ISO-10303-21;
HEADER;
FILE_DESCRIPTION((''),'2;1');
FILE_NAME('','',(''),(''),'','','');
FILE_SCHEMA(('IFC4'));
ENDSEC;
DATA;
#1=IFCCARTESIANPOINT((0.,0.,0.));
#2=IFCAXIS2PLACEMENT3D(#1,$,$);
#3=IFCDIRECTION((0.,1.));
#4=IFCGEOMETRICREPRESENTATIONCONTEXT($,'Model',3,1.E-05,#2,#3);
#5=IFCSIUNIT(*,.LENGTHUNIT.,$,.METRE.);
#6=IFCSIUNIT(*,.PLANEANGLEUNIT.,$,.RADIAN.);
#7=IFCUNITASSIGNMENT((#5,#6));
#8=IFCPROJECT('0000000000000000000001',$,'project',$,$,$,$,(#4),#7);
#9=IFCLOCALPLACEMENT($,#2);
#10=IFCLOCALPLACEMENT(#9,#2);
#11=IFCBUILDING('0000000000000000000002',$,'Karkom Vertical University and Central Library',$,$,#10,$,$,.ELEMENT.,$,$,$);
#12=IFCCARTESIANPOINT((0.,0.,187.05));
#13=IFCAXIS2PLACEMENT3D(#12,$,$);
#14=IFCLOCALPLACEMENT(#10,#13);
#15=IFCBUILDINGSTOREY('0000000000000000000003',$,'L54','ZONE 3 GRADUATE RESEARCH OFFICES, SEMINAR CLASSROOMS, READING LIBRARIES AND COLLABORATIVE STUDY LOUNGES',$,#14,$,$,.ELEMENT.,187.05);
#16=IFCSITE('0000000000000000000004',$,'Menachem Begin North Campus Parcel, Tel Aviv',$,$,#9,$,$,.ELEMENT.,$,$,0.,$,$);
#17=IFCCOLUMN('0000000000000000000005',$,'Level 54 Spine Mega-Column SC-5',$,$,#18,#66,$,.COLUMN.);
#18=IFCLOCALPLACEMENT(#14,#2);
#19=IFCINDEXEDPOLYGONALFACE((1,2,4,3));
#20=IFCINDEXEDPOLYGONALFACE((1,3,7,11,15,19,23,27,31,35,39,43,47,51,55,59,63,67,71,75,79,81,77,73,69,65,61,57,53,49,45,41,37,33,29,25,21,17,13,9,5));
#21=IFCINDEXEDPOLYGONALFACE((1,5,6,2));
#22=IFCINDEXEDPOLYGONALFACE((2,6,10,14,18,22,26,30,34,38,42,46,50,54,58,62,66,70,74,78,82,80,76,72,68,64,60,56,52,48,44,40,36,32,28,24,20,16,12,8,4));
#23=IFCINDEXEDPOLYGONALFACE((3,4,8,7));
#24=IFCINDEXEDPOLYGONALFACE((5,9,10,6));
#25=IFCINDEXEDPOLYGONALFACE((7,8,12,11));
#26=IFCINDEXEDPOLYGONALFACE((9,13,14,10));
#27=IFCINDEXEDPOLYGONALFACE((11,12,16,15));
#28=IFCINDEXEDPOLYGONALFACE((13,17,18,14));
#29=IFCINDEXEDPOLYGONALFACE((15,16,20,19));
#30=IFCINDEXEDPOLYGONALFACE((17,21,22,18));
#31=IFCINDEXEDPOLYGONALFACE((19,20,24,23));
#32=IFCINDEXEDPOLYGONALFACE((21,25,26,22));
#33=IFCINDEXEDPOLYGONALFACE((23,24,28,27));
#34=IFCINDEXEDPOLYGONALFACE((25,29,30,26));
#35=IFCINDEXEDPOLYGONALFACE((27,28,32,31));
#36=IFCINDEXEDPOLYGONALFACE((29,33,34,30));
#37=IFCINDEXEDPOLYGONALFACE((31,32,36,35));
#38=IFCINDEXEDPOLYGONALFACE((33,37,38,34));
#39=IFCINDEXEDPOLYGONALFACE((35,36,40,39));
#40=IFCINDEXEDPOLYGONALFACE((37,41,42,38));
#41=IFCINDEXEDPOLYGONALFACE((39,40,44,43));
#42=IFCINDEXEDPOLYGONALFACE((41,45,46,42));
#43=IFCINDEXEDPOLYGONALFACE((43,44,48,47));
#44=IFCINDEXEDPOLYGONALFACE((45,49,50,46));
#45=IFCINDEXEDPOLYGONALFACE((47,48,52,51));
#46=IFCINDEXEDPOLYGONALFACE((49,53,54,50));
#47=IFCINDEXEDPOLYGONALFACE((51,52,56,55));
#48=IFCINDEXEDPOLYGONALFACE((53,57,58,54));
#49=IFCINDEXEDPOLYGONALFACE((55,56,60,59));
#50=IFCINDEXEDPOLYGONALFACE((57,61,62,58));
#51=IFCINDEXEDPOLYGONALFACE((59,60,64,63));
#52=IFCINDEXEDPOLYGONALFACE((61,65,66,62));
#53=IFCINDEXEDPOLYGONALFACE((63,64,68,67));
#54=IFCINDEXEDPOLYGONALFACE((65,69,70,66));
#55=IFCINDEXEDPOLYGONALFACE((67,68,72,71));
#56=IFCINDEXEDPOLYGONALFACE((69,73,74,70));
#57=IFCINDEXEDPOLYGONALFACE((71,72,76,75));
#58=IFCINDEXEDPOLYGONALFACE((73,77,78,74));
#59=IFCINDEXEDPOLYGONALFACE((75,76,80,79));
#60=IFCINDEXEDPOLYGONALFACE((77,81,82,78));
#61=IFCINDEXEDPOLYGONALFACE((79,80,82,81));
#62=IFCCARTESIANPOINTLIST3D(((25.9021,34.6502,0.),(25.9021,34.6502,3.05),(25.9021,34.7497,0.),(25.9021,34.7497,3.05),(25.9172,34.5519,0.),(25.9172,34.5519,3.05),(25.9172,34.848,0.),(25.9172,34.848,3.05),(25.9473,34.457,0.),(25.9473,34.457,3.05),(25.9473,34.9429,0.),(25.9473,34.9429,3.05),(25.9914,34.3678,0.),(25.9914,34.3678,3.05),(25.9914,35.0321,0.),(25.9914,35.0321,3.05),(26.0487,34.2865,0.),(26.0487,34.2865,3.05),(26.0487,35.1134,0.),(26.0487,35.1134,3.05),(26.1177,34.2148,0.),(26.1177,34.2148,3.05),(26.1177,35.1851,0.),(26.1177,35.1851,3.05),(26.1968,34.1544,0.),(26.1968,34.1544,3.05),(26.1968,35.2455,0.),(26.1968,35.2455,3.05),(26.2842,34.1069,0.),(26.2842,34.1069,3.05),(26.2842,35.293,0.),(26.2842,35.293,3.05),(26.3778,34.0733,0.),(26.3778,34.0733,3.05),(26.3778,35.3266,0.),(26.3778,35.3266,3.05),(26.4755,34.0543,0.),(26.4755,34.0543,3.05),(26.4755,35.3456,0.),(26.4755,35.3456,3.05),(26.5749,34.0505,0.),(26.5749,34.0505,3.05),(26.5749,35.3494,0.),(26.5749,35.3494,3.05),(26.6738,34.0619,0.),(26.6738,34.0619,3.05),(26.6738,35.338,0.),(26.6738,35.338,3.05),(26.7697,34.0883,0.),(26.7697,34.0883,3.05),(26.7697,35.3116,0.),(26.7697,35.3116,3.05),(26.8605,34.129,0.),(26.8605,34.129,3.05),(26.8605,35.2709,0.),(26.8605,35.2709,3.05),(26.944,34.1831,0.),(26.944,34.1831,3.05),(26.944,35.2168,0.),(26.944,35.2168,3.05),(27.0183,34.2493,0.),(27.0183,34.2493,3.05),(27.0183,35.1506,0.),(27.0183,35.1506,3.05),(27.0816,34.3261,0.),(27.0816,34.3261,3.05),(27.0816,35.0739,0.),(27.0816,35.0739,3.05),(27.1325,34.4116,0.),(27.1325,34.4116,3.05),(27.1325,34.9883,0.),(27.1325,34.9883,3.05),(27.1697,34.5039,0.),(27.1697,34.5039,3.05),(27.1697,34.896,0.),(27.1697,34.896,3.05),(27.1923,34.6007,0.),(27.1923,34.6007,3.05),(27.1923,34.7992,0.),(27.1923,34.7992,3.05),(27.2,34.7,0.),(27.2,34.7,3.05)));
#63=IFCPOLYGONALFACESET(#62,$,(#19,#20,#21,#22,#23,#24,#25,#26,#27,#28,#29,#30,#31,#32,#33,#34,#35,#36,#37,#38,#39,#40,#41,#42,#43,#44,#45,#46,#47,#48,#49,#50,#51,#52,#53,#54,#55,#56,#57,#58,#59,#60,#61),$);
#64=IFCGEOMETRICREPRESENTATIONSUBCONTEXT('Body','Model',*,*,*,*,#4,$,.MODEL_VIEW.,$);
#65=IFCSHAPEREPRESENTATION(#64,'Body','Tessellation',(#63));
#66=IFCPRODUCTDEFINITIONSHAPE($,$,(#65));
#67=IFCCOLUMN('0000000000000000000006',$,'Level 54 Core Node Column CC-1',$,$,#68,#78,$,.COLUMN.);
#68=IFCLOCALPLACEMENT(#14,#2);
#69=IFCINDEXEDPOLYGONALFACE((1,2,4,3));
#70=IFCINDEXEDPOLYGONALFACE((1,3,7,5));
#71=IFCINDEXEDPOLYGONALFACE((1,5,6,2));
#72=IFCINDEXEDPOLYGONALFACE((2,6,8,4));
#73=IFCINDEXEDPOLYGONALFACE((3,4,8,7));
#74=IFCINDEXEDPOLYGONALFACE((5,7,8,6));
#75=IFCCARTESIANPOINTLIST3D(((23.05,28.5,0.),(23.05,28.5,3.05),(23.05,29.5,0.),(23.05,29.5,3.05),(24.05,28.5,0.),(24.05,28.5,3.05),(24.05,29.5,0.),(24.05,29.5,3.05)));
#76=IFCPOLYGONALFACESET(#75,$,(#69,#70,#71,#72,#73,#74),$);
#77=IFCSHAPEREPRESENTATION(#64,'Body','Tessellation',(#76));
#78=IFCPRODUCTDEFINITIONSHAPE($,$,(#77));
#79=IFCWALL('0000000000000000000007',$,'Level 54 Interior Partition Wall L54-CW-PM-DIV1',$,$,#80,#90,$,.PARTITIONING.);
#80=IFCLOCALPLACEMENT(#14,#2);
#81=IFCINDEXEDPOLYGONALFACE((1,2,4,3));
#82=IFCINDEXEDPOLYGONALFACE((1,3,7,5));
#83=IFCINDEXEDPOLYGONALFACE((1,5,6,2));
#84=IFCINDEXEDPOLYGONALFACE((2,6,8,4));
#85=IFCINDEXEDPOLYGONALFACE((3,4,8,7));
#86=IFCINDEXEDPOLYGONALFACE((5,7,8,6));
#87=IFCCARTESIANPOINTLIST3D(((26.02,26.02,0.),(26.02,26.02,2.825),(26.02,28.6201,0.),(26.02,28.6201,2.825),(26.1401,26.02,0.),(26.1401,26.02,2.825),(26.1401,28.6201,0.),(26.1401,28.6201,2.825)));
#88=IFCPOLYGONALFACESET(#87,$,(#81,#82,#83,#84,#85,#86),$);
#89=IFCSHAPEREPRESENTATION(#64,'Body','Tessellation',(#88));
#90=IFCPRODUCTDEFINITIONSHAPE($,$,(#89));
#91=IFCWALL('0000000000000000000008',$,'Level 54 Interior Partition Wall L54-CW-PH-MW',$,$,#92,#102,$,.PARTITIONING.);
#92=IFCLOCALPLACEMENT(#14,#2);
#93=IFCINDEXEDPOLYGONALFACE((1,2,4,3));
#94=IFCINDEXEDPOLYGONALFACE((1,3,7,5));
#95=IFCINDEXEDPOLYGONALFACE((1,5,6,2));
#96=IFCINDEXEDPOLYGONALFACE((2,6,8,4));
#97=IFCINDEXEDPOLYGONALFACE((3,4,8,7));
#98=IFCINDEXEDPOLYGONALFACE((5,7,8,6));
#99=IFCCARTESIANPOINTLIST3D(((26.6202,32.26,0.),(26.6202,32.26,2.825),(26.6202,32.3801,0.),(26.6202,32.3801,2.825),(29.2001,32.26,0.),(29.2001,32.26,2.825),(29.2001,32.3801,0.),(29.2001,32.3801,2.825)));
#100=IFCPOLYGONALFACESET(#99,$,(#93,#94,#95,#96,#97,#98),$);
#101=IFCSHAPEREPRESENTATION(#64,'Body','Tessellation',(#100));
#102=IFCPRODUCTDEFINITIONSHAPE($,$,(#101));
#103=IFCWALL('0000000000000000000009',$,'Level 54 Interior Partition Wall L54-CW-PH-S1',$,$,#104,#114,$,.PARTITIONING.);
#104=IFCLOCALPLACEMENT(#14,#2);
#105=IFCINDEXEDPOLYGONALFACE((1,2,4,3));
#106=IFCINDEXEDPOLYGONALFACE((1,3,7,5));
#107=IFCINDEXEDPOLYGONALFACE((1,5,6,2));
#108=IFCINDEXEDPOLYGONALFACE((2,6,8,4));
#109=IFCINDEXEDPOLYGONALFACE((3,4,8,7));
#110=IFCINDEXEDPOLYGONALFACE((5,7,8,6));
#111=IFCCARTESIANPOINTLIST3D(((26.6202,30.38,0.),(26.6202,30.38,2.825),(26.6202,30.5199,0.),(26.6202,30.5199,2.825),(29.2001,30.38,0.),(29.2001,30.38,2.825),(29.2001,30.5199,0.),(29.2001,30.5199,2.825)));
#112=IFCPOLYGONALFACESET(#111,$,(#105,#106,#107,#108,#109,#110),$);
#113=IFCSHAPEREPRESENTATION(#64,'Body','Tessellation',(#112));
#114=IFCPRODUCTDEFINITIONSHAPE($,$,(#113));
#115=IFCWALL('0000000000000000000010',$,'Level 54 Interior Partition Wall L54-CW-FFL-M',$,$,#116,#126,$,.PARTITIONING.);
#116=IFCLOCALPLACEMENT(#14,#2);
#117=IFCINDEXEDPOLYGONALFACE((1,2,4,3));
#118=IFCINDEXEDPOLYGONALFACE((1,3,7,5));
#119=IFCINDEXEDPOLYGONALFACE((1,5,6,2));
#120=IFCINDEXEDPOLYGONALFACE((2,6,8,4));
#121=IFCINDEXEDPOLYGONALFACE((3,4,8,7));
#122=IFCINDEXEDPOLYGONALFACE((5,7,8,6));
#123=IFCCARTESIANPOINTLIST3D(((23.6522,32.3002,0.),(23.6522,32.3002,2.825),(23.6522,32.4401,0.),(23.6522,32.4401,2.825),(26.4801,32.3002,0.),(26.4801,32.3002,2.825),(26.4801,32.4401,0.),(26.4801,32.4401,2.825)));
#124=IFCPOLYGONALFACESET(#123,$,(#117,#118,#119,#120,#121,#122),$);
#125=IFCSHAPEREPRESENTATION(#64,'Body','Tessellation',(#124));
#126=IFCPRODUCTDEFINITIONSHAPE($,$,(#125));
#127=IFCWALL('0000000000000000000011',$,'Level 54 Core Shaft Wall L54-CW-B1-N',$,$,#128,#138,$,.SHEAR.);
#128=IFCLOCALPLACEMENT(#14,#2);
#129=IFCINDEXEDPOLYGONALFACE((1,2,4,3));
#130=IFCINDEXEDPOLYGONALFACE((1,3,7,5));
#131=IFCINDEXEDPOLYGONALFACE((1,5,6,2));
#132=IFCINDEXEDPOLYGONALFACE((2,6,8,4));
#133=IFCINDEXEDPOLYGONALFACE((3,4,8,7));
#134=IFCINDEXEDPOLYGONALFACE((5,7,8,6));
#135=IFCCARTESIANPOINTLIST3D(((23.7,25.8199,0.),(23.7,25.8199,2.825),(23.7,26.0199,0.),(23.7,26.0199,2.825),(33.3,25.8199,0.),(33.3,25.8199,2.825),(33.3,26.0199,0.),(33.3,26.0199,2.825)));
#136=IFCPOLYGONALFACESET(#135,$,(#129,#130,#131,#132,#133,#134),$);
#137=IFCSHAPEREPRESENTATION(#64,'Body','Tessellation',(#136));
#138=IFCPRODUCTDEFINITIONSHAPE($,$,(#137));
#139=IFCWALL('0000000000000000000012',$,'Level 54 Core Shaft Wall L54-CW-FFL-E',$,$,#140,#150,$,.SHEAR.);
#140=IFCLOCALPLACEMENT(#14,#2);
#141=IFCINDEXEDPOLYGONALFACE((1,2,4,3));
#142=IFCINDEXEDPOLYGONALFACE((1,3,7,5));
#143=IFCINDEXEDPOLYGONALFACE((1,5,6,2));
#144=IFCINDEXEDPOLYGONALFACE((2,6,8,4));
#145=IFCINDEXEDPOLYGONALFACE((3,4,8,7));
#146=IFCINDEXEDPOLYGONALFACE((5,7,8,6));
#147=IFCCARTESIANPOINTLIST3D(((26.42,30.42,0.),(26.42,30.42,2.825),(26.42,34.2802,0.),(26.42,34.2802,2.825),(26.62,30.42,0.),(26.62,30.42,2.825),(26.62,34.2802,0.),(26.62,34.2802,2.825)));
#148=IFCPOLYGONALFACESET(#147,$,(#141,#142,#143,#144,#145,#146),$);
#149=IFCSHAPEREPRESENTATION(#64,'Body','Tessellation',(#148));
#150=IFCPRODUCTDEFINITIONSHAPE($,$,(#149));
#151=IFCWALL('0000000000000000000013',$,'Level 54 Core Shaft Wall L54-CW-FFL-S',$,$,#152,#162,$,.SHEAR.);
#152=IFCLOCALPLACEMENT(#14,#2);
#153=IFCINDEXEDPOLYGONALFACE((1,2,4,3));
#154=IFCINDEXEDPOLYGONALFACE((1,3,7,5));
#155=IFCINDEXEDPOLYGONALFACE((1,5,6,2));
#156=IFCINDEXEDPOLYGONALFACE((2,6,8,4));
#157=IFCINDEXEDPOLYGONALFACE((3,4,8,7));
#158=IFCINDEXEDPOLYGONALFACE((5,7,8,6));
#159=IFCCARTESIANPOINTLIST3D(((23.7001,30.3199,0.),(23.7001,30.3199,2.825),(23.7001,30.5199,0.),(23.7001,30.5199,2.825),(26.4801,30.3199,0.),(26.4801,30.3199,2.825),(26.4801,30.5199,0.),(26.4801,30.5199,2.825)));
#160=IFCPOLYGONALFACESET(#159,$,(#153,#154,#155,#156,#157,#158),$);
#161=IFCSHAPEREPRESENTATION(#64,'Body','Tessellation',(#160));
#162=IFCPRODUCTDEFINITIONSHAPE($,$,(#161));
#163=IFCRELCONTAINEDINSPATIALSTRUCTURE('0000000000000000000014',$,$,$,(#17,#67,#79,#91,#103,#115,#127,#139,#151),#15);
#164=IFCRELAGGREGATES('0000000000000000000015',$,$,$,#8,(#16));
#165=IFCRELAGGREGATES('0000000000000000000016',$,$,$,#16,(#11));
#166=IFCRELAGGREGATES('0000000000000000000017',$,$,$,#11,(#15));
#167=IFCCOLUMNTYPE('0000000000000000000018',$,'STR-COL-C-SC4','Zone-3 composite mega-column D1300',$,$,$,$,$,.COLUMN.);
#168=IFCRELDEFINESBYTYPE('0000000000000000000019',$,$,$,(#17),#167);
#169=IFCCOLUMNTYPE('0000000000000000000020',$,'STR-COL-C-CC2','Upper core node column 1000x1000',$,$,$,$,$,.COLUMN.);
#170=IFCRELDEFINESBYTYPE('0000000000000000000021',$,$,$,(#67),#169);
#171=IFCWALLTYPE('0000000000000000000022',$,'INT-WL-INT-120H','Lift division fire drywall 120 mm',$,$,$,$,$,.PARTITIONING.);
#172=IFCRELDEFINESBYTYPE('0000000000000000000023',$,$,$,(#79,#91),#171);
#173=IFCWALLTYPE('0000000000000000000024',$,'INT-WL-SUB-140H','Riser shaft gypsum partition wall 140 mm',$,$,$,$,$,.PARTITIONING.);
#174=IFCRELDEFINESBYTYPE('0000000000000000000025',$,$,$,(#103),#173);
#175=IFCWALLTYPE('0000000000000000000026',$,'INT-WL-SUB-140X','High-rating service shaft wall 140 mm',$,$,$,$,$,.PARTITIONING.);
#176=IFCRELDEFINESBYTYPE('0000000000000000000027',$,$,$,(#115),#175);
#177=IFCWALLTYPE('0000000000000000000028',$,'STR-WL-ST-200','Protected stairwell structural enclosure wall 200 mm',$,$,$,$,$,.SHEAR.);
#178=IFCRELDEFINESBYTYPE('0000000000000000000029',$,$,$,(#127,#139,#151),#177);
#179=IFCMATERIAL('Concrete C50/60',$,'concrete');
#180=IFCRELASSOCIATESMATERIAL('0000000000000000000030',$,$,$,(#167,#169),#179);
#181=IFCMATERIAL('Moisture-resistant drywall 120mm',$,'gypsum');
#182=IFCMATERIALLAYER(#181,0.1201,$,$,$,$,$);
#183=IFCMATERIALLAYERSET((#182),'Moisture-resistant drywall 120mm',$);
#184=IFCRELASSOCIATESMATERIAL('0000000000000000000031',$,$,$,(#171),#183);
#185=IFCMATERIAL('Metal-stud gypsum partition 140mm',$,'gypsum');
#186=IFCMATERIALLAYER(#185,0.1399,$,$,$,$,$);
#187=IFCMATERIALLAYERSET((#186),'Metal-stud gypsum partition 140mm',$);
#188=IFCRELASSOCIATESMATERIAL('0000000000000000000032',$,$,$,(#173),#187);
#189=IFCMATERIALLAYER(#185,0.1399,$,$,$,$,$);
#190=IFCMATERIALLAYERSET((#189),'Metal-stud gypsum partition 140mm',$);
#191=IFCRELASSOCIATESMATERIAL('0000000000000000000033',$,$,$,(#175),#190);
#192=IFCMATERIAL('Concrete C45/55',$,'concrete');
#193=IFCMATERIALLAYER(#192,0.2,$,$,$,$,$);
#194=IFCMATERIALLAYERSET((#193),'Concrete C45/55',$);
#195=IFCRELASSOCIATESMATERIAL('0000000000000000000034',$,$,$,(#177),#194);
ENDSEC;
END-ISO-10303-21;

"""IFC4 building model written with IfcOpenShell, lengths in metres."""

from ifc_helpers import new_model, si_unit, direction, frame, frame_2d, origin, origin_with_axes, origin_2d, place, context, subcontext, project, spatial, rectangle, circle, extrude, source, transform, mapped, material, layer, layer_set, material_profile, profile_set, type_object, element, save


model = new_model("IFC4")

# Units and contexts
model_context = context("Model", 3, precision=1e-05, world=origin(), true_north=direction((0.0, 1.0)))
body_context = subcontext(model_context, "Body", "Model", "MODEL_VIEW")
ifc_project = project(units=[si_unit("LENGTHUNIT", "METRE"), si_unit("PLANEANGLEUNIT", "RADIAN")], contexts=[model_context])

# Site, building, storey
site_placement = place(None, origin())
site = spatial("IfcSite", under=ifc_project, at=site_placement, Name="Menachem Begin North Campus Parcel, Tel Aviv", CompositionType="ELEMENT", RefElevation=0.0)
building_placement = place(site_placement, origin())
building = spatial("IfcBuilding", under=site, at=building_placement, Name="Karkom Vertical University and Central Library", CompositionType="ELEMENT")
storey_placement = place(building_placement, frame((0.0, 0.0, 187.05)))
storey = spatial("IfcBuildingStorey", under=building, at=storey_placement, Name="L54", Description="ZONE 3 GRADUATE RESEARCH OFFICES, SEMINAR CLASSROOMS, READING LIBRARIES AND COLLABORATIVE STUDY LOUNGES", CompositionType="ELEMENT", Elevation=187.05)

# Columns
ifc_material_1 = material(Name="Concrete C50/60", Category="concrete")
ifc_material_profile_1 = material_profile(ifc_material_1, circle(Radius=0.6499, at=origin_2d()), Name="CFT-D1300")
ifc_profile_set_1 = profile_set([ifc_material_profile_1], Name="Concrete C50/60")
column_type_1 = type_object("IfcColumnType", Name="STR-COL-C-SC4", Description="Zone-3 composite mega-column D1300", PredefinedType="COLUMN", material=ifc_profile_set_1)
shared_shape_1 = source(origin_with_axes(), body_context, "Body", "SweptSolid", [
    extrude(circle(Radius=0.6499, at=origin_2d()), origin(), (0.0, 0.0, 1.0), 3.05),
])
column_1_placement = place(storey_placement, frame((26.55, 34.7, 0.0), z_axis=(0.0, 0.0, 1.0), x_axis=(1.0, 0.0, 0.0)))
element("IfcColumn", 1, at=column_1_placement, inside=storey, type_object=column_type_1, Name="Level 54 Spine Mega-Column SC-5", PredefinedType="COLUMN", context=body_context, shape_type="MappedRepresentation", body=[
    mapped(shared_shape_1, transform((0.0, 0.0, 0.0), scale=1.0)),
])
ifc_material_profile_2 = material_profile(ifc_material_1, rectangle(XDim=1.0, YDim=1.0, at=origin_2d()), Name="RC-1000x1000")
ifc_profile_set_2 = profile_set([ifc_material_profile_2], Name="Concrete C50/60")
column_type_2 = type_object("IfcColumnType", Name="STR-COL-C-CC2", Description="Upper core node column 1000x1000", PredefinedType="COLUMN", material=ifc_profile_set_2)
shared_shape_2 = source(origin_with_axes(), body_context, "Body", "SweptSolid", [
    extrude(rectangle(XDim=1.0, YDim=1.0, at=origin_2d()), origin(), (0.0, 0.0, 1.0), 3.05),
])
column_2_placement = place(storey_placement, frame((23.55, 29.0, 0.0), z_axis=(0.0, 0.0, 1.0), x_axis=(1.0, 0.0, 0.0)))
element("IfcColumn", 2, at=column_2_placement, inside=storey, type_object=column_type_2, Name="Level 54 Core Node Column CC-1", PredefinedType="COLUMN", context=body_context, shape_type="MappedRepresentation", body=[
    mapped(shared_shape_2, transform((0.0, 0.0, 0.0), scale=1.0)),
])

# Walls
ifc_material_2 = material(Name="Moisture-resistant drywall 120mm", Category="gypsum")
ifc_layer_1 = layer(ifc_material_2, 0.1201)
ifc_layer_set_1 = layer_set([ifc_layer_1], Name="Moisture-resistant drywall 120mm")
wall_type_1 = type_object("IfcWallType", Name="INT-WL-INT-120H", Description="Lift division fire drywall 120 mm", PredefinedType="PARTITIONING", material=ifc_layer_set_1)
wall_1_placement = place(storey_placement, frame((26.0801, 26.02, 0.0), z_axis=(0.0, 0.0, 1.0), x_axis=(0.0, 1.0, 0.0)))
element("IfcWall", 3, at=wall_1_placement, inside=storey, type_object=wall_type_1, Name="Level 54 Interior Partition Wall L54-CW-PM-DIV1", PredefinedType="PARTITIONING", context=body_context, shape_type="SweptSolid", body=[
    extrude(rectangle(XDim=2.6001, YDim=0.1201, at=frame_2d((1.3, 0.0))), origin(), (0.0, 0.0, 1.0), 2.825),
])
wall_2_placement = place(storey_placement, frame((26.6201, 32.3201, 0.0), z_axis=(0.0, 0.0, 1.0), x_axis=(1.0, 0.0, 0.0)))
element("IfcWall", 4, at=wall_2_placement, inside=storey, type_object=wall_type_1, Name="Level 54 Interior Partition Wall L54-CW-PH-MW", PredefinedType="PARTITIONING", context=body_context, shape_type="SweptSolid", body=[
    extrude(rectangle(XDim=2.5798, YDim=0.1201, at=frame_2d((1.29, 0.0))), origin(), (0.0, 0.0, 1.0), 2.825),
])
ifc_material_3 = material(Name="Metal-stud gypsum partition 140mm", Category="gypsum")
ifc_layer_2 = layer(ifc_material_3, 0.1399)
ifc_layer_set_2 = layer_set([ifc_layer_2], Name="Metal-stud gypsum partition 140mm")
wall_type_2 = type_object("IfcWallType", Name="INT-WL-SUB-140H", Description="Riser shaft gypsum partition wall 140 mm", PredefinedType="PARTITIONING", material=ifc_layer_set_2)
wall_3_placement = place(storey_placement, frame((26.6201, 30.45, 0.0), z_axis=(0.0, 0.0, 1.0), x_axis=(1.0, 0.0, 0.0)))
element("IfcWall", 5, at=wall_3_placement, inside=storey, type_object=wall_type_2, Name="Level 54 Interior Partition Wall L54-CW-PH-S1", PredefinedType="PARTITIONING", context=body_context, shape_type="SweptSolid", body=[
    extrude(rectangle(XDim=2.5798, YDim=0.1399, at=frame_2d((1.29, 0.0))), origin(), (0.0, 0.0, 1.0), 2.825),
])
ifc_layer_3 = layer(ifc_material_3, 0.1399)
ifc_layer_set_3 = layer_set([ifc_layer_3], Name="Metal-stud gypsum partition 140mm")
wall_type_3 = type_object("IfcWallType", Name="INT-WL-SUB-140X", Description="High-rating service shaft wall 140 mm", PredefinedType="PARTITIONING", material=ifc_layer_set_3)
wall_4_placement = place(storey_placement, frame((23.6521, 32.3701, 0.0), z_axis=(0.0, 0.0, 1.0), x_axis=(1.0, 0.0, 0.0)))
element("IfcWall", 6, at=wall_4_placement, inside=storey, type_object=wall_type_3, Name="Level 54 Interior Partition Wall L54-CW-FFL-M", PredefinedType="PARTITIONING", context=body_context, shape_type="SweptSolid", body=[
    extrude(rectangle(XDim=2.8279, YDim=0.1399, at=frame_2d((1.4141, 0.0))), origin(), (0.0, 0.0, 1.0), 2.825),
])

# Wall
ifc_material_4 = material(Name="Concrete C45/55", Category="concrete")
ifc_layer_4 = layer(ifc_material_4, 0.2)
ifc_layer_set_4 = layer_set([ifc_layer_4], Name="Concrete C45/55")
wall_type_4 = type_object("IfcWallType", Name="STR-WL-ST-200", Description="Protected stairwell structural enclosure wall 200 mm", PredefinedType="SHEAR", material=ifc_layer_set_4)
wall_5_placement = place(storey_placement, frame((23.7, 25.9199, 0.0), z_axis=(0.0, 0.0, 1.0), x_axis=(1.0, 0.0, 0.0)))
element("IfcWall", 7, at=wall_5_placement, inside=storey, type_object=wall_type_4, Name="Level 54 Core Shaft Wall L54-CW-B1-N", PredefinedType="SHEAR", context=body_context, shape_type="SweptSolid", body=[
    extrude(rectangle(XDim=9.6001, YDim=0.2, at=frame_2d((4.8, 0.0))), origin(), (0.0, 0.0, 1.0), 2.825),
])

# Walls
wall_6_placement = place(storey_placement, frame((26.52, 30.4199, 0.0), z_axis=(0.0, 0.0, 1.0), x_axis=(0.0, 1.0, 0.0)))
element("IfcWall", 8, at=wall_6_placement, inside=storey, type_object=wall_type_4, Name="Level 54 Core Shaft Wall L54-CW-FFL-E", PredefinedType="SHEAR", context=body_context, shape_type="SweptSolid", body=[
    extrude(rectangle(XDim=3.8601, YDim=0.2, at=frame_2d((1.9302, 0.0))), origin(), (0.0, 0.0, 1.0), 2.825),
])
wall_7_placement = place(storey_placement, frame((23.7, 30.4199, 0.0), z_axis=(0.0, 0.0, 1.0), x_axis=(1.0, 0.0, 0.0)))
element("IfcWall", 9, at=wall_7_placement, inside=storey, type_object=wall_type_4, Name="Level 54 Core Shaft Wall L54-CW-FFL-S", PredefinedType="SHEAR", context=body_context, shape_type="SweptSolid", body=[
    extrude(rectangle(XDim=2.78, YDim=0.2, at=frame_2d((1.3901, 0.0))), origin(), (0.0, 0.0, 1.0), 2.825),
])

save(model, "model.ifc")
